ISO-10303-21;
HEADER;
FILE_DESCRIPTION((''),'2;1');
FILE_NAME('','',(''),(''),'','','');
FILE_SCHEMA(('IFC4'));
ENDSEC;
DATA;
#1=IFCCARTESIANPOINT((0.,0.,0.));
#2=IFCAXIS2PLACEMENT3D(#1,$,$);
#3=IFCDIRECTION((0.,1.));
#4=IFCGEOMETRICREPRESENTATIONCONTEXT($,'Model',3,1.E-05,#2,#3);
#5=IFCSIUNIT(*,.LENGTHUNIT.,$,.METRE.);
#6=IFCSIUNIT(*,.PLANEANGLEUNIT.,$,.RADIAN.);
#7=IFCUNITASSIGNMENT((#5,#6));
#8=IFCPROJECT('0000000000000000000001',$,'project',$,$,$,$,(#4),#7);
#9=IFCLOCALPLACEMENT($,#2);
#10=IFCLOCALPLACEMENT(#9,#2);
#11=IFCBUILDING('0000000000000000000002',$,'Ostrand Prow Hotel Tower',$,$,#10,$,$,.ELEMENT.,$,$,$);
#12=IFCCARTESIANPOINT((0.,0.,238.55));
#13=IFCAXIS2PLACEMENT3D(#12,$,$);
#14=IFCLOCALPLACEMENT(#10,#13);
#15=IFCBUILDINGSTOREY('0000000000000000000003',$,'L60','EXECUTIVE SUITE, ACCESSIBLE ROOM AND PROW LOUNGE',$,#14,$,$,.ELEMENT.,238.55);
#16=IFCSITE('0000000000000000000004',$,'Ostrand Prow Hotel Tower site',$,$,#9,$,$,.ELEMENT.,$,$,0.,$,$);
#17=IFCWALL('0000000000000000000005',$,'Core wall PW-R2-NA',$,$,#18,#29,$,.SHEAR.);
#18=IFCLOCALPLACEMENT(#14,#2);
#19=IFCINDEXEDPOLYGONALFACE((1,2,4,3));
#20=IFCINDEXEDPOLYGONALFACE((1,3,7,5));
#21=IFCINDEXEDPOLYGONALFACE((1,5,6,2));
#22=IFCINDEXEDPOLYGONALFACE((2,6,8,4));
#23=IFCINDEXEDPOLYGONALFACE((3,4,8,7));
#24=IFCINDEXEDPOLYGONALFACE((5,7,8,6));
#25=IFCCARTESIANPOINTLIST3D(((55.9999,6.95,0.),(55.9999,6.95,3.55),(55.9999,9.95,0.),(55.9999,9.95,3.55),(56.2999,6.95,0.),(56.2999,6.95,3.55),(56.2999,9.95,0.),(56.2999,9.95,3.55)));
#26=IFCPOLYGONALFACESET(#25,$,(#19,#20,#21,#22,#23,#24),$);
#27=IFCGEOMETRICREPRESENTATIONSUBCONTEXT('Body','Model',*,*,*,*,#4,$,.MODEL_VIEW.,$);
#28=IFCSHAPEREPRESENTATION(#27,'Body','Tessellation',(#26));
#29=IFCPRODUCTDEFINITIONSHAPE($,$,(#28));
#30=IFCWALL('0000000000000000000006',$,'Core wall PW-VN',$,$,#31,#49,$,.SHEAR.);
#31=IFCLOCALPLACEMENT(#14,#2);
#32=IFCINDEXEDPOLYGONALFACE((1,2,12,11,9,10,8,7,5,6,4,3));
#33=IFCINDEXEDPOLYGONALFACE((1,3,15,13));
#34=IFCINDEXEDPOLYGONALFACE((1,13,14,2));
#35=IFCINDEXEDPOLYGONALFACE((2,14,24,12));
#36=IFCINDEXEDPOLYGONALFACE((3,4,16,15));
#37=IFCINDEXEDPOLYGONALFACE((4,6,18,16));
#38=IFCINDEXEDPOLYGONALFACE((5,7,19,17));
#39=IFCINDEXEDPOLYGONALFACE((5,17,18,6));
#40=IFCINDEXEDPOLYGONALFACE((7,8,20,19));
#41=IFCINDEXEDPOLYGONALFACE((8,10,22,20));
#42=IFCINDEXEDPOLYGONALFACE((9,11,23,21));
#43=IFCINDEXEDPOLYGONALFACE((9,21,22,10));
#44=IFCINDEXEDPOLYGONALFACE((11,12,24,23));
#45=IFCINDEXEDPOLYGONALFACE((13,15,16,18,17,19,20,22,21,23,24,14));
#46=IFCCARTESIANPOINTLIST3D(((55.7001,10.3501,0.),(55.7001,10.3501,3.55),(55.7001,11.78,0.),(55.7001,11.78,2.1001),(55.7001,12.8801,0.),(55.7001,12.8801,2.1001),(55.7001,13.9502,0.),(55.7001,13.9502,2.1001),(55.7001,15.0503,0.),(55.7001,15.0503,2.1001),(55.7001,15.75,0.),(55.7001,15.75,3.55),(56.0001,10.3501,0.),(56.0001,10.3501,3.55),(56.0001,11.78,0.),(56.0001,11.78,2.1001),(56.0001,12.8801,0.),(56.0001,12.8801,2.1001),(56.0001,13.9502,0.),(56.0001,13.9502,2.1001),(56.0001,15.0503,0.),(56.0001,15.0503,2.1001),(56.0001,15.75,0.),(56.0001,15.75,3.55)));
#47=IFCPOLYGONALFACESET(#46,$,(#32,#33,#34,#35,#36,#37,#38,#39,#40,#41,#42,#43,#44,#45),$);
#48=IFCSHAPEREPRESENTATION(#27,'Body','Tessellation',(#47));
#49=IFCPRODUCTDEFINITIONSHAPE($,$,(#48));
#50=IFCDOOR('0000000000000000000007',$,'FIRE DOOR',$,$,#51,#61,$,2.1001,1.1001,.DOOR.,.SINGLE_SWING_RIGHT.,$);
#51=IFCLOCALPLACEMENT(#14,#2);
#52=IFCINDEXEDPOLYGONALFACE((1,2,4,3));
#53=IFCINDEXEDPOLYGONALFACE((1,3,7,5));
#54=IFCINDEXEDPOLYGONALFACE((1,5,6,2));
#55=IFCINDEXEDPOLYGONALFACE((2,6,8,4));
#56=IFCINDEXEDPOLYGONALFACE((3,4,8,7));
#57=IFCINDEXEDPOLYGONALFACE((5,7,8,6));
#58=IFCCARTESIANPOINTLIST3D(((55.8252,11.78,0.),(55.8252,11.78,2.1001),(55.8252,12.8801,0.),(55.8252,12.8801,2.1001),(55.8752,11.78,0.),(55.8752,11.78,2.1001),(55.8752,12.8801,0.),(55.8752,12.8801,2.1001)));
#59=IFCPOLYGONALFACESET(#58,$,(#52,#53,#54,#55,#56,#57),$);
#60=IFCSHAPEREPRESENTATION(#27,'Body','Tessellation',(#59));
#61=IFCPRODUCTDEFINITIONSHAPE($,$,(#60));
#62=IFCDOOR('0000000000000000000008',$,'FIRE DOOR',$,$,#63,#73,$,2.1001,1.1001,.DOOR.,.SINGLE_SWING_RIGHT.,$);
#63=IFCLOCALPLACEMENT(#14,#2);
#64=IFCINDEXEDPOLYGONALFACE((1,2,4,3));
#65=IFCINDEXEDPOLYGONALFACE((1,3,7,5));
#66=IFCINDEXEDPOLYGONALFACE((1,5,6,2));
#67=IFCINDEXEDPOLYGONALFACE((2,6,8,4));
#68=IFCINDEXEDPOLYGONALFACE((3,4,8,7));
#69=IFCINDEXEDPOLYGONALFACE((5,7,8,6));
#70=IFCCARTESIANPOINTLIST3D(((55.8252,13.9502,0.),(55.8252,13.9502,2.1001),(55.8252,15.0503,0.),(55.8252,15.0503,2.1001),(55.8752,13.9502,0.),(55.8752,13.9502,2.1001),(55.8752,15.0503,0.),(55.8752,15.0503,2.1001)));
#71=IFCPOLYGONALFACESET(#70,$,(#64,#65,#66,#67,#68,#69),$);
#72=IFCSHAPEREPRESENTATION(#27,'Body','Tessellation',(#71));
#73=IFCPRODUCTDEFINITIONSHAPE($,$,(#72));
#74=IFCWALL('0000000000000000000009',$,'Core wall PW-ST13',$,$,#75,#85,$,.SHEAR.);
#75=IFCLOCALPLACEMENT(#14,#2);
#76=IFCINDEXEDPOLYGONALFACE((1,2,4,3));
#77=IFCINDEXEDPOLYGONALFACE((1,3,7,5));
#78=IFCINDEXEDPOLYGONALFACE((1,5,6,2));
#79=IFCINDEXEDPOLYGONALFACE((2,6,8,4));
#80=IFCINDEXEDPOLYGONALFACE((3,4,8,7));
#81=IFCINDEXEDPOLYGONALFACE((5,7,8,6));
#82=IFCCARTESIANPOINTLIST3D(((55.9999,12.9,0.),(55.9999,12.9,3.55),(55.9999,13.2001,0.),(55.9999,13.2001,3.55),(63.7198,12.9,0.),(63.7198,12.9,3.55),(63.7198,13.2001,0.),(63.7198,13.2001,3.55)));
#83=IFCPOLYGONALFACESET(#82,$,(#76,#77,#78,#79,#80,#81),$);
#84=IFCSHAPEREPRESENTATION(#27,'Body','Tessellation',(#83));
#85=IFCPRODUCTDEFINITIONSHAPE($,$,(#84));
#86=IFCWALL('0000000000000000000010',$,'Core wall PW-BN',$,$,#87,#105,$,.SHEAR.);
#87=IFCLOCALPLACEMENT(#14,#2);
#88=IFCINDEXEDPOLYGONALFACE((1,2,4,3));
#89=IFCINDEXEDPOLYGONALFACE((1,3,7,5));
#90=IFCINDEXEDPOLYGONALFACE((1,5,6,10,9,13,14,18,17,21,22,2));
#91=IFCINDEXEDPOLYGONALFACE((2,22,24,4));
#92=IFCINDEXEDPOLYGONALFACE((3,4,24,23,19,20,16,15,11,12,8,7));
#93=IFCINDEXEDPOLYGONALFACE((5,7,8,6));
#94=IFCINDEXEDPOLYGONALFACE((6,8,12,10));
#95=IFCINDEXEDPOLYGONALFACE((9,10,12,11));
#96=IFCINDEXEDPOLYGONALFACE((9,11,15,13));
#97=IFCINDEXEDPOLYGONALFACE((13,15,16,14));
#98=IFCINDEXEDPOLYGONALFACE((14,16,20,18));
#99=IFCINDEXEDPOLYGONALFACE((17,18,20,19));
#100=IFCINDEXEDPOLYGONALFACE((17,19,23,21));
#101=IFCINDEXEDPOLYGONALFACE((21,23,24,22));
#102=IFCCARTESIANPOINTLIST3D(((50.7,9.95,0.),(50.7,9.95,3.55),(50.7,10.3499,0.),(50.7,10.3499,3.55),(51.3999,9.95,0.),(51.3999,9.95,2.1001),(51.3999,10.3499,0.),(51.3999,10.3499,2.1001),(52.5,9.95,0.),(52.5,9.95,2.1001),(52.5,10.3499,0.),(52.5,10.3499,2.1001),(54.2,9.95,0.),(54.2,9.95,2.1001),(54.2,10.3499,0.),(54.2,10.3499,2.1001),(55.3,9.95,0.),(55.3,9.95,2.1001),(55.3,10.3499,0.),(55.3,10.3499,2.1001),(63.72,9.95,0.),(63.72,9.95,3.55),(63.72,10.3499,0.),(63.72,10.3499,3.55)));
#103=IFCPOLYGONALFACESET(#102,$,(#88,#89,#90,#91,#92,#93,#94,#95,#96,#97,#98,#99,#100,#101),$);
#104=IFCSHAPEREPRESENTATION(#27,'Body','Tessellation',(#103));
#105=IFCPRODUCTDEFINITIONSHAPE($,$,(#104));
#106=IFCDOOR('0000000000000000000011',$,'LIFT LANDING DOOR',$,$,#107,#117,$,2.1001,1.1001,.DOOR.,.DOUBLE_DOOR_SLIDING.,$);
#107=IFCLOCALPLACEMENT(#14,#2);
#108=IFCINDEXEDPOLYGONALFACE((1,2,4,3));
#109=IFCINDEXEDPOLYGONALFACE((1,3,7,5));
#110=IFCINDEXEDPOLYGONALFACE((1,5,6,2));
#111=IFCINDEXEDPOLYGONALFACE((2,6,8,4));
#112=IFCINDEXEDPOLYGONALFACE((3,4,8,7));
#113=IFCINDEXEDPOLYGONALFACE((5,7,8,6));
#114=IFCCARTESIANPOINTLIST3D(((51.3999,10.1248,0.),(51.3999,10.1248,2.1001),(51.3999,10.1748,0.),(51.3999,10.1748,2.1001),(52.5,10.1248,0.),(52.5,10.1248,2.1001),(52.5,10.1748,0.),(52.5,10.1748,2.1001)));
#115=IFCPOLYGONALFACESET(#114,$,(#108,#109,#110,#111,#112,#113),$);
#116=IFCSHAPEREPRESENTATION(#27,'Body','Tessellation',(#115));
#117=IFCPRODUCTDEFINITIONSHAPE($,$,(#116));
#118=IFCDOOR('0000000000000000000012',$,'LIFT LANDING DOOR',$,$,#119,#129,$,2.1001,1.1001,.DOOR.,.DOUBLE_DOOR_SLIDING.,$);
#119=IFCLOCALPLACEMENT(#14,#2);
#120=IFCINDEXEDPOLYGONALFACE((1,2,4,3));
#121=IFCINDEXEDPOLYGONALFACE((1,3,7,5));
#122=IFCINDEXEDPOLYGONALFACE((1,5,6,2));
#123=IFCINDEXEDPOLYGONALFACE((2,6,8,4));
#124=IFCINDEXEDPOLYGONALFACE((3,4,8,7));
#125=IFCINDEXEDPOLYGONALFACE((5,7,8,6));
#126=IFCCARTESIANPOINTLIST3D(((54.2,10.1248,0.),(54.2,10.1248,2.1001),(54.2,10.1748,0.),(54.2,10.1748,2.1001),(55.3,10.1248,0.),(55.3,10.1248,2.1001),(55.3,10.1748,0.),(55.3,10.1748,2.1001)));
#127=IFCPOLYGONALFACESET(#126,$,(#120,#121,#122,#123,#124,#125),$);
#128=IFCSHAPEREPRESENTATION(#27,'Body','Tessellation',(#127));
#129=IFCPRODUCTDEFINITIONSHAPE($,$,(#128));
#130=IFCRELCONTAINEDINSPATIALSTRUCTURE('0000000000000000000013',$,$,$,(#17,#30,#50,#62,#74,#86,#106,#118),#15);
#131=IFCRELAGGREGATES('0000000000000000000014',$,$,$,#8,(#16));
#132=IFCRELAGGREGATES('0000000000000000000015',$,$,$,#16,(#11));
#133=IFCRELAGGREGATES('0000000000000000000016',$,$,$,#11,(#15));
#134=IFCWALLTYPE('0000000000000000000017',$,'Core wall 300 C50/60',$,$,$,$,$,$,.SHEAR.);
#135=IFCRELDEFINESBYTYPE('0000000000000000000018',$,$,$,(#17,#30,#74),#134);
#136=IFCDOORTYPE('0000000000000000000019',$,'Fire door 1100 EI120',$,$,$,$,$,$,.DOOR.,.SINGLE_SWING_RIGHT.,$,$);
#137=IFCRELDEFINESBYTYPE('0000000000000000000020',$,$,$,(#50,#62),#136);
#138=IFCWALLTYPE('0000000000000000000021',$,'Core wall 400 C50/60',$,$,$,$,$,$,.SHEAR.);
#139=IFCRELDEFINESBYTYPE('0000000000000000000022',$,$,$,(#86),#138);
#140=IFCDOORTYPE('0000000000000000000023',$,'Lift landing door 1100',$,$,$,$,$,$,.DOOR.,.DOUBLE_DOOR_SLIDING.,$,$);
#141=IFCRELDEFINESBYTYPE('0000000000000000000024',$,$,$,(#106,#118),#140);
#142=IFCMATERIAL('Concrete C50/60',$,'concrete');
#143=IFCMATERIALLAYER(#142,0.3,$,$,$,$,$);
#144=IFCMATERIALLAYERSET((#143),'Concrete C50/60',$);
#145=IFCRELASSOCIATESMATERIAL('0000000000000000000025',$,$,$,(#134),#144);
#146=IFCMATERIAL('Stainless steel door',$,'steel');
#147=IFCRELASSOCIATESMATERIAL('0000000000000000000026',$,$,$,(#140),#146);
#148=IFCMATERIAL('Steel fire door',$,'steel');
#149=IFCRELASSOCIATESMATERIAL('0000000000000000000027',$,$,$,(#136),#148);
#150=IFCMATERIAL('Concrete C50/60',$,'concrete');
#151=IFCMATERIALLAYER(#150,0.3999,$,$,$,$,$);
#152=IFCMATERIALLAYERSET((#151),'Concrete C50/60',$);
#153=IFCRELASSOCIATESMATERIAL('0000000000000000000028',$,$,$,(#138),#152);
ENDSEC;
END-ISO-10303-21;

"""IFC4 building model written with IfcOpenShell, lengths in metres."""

from ifc_helpers import new_model, si_unit, direction, frame, frame_2d, origin, place, context, subcontext, project, spatial, rectangle, extrude, material, layer, layer_set, type_object, element, fill, save


model = new_model("IFC4")

# Units and contexts
model_context = context("Model", 3, precision=1e-05, world=origin(), true_north=direction((0.0, 1.0)))
body_context = subcontext(model_context, "Body", "Model", "MODEL_VIEW")
ifc_project = project(units=[si_unit("LENGTHUNIT", "METRE"), si_unit("PLANEANGLEUNIT", "RADIAN")], contexts=[model_context])

# Site, building, storey
site_placement = place(None, origin())
site = spatial("IfcSite", under=ifc_project, at=site_placement, Name="Ostrand Prow Hotel Tower site", CompositionType="ELEMENT", RefElevation=0.0)
building_placement = place(site_placement, origin())
building = spatial("IfcBuilding", under=site, at=building_placement, Name="Ostrand Prow Hotel Tower", CompositionType="ELEMENT")
storey_placement = place(building_placement, frame((0.0, 0.0, 238.55)))
storey = spatial("IfcBuildingStorey", under=building, at=storey_placement, Name="L60", Description="EXECUTIVE SUITE, ACCESSIBLE ROOM AND PROW LOUNGE", CompositionType="ELEMENT", Elevation=238.55)

# Shared definitions
ifc_material_1 = material(Name="Concrete C50/60", Category="concrete")
ifc_layer_1 = layer(ifc_material_1, 0.3)
ifc_layer_set_1 = layer_set([ifc_layer_1], Name="Concrete C50/60")
wall_type_1 = type_object("IfcWallType", Name="Core wall 300 C50/60", PredefinedType="SHEAR", material=ifc_layer_set_1)
ifc_material_2 = material(Name="Stainless steel door", Category="steel")
door_type_1 = type_object("IfcDoorType", Name="Lift landing door 1100", OperationType="DOUBLE_DOOR_SLIDING", PredefinedType="DOOR", material=ifc_material_2)

# Wall
for number, where, z_axis, x_axis, name in (
    (1, (56.1499, 6.95, 0.0), (0.0, 0.0, 1.0), (0.0, 1.0, 0.0), "Core wall PW-R2-NA"),
):
    element("IfcWall", number, at=place(storey_placement, frame(where, z_axis=z_axis, x_axis=x_axis)), inside=storey, type_object=wall_type_1, Name=name, PredefinedType="SHEAR", context=body_context, shape_type="SweptSolid", body=[
        extrude(rectangle(XDim=3.0, YDim=0.3, at=frame_2d((1.5, 0.0))), origin(), (0.0, 0.0, 1.0), 3.55),
    ])

# Wall, openings, doors
wall_1_placement = place(storey_placement, frame((55.8501, 10.3501, 0.0), z_axis=(0.0, 0.0, 1.0), x_axis=(0.0, 1.0, 0.0)))
wall_1 = element("IfcWall", 2, at=wall_1_placement, inside=storey, type_object=wall_type_1, Name="Core wall PW-VN", PredefinedType="SHEAR", context=body_context, shape_type="SweptSolid", body=[
    extrude(rectangle(XDim=5.3999, YDim=0.3, at=frame_2d((2.7, 0.0))), origin(), (0.0, 0.0, 1.0), 3.55),
])
opening_1_placement = place(wall_1_placement, frame((1.4299, 0.0, 0.0)))
opening_1 = element("IfcOpeningElement", 3, at=opening_1_placement, cuts=wall_1, PredefinedType="OPENING", context=body_context, shape_type="SweptSolid", body=[
    extrude(rectangle(XDim=1.1001, YDim=2.1001, at=frame_2d((0.55, 1.05))), frame((0.0, 0.1599, 0.0), z_axis=(0.0, -1.0, 0.0), x_axis=(1.0, 0.0, 0.0)), (0.0, 0.0, 1.0), 0.3201),
])
opening_2_placement = place(wall_1_placement, frame((3.6001, 0.0, 0.0)))
opening_2 = element("IfcOpeningElement", 4, at=opening_2_placement, cuts=wall_1, PredefinedType="OPENING", context=body_context, shape_type="SweptSolid", body=[
    extrude(rectangle(XDim=1.1001, YDim=2.1001, at=frame_2d((0.55, 1.05))), frame((0.0, 0.1599, 0.0), z_axis=(0.0, -1.0, 0.0), x_axis=(1.0, 0.0, 0.0)), (0.0, 0.0, 1.0), 0.3201),
])
ifc_material_3 = material(Name="Steel fire door", Category="steel")
door_type_2 = type_object("IfcDoorType", Name="Fire door 1100 EI120", OperationType="SINGLE_SWING_RIGHT", PredefinedType="DOOR", material=ifc_material_3)
door_1_placement = place(opening_1_placement, origin())
door_1 = element("IfcDoor", 5, at=door_1_placement, inside=storey, type_object=door_type_2, Name="FIRE DOOR", OperationType="SINGLE_SWING_RIGHT", OverallHeight=2.1001, OverallWidth=1.1001, PredefinedType="DOOR", context=body_context, shape_type="SweptSolid", body=[
    extrude(rectangle(XDim=1.1001, YDim=2.1001, at=frame_2d((0.55, 1.05))), frame((0.0, 0.0249, 0.0), z_axis=(0.0, -1.0, 0.0), x_axis=(1.0, 0.0, 0.0)), (0.0, 0.0, 1.0), 0.05),
])
fill(opening_1, door_1)
door_2_placement = place(opening_2_placement, origin())
door_2 = element("IfcDoor", 6, at=door_2_placement, inside=storey, type_object=door_type_2, Name="FIRE DOOR", OperationType="SINGLE_SWING_RIGHT", OverallHeight=2.1001, OverallWidth=1.1001, PredefinedType="DOOR", context=body_context, shape_type="SweptSolid", body=[
    extrude(rectangle(XDim=1.1001, YDim=2.1001, at=frame_2d((0.55, 1.05))), frame((0.0, 0.0249, 0.0), z_axis=(0.0, -1.0, 0.0), x_axis=(1.0, 0.0, 0.0)), (0.0, 0.0, 1.0), 0.05),
])
fill(opening_2, door_2)

# Wall
wall_2_placement = place(storey_placement, frame((56.0, 13.05, 0.0), z_axis=(0.0, 0.0, 1.0), x_axis=(1.0, 0.0, 0.0)))
element("IfcWall", 7, at=wall_2_placement, inside=storey, type_object=wall_type_1, Name="Core wall PW-ST13", PredefinedType="SHEAR", context=body_context, shape_type="SweptSolid", body=[
    extrude(rectangle(XDim=7.72, YDim=0.3, at=frame_2d((3.8599, 0.0))), origin(), (0.0, 0.0, 1.0), 3.55),
])

# Wall, openings, doors
ifc_material_4 = material(Name="Concrete C50/60", Category="concrete")
ifc_layer_2 = layer(ifc_material_4, 0.3999)
ifc_layer_set_2 = layer_set([ifc_layer_2], Name="Concrete C50/60")
wall_type_2 = type_object("IfcWallType", Name="Core wall 400 C50/60", PredefinedType="SHEAR", material=ifc_layer_set_2)
wall_3_placement = place(storey_placement, frame((50.7, 10.1499, 0.0), z_axis=(0.0, 0.0, 1.0), x_axis=(1.0, 0.0, 0.0)))
wall_3 = element("IfcWall", 8, at=wall_3_placement, inside=storey, type_object=wall_type_2, Name="Core wall PW-BN", PredefinedType="SHEAR", context=body_context, shape_type="SweptSolid", body=[
    extrude(rectangle(XDim=13.02, YDim=0.3999, at=frame_2d((6.51, 0.0))), origin(), (0.0, 0.0, 1.0), 3.55),
])
opening_3_placement = place(wall_3_placement, frame((0.7, 0.0, 0.0)))
opening_3 = element("IfcOpeningElement", 9, at=opening_3_placement, cuts=wall_3, PredefinedType="OPENING", context=body_context, shape_type="SweptSolid", body=[
    extrude(rectangle(XDim=1.1001, YDim=2.1001, at=frame_2d((0.55, 1.05))), frame((0.0, 0.21, 0.0), z_axis=(0.0, -1.0, 0.0), x_axis=(1.0, 0.0, 0.0)), (0.0, 0.0, 1.0), 0.4199),
])
opening_4_placement = place(wall_3_placement, frame((3.5, 0.0, 0.0)))
opening_4 = element("IfcOpeningElement", 10, at=opening_4_placement, cuts=wall_3, PredefinedType="OPENING", context=body_context, shape_type="SweptSolid", body=[
    extrude(rectangle(XDim=1.1001, YDim=2.1001, at=frame_2d((0.55, 1.05))), frame((0.0, 0.21, 0.0), z_axis=(0.0, -1.0, 0.0), x_axis=(1.0, 0.0, 0.0)), (0.0, 0.0, 1.0), 0.4199),
])
door_3_placement = place(opening_3_placement, origin())
door_3 = element("IfcDoor", 11, at=door_3_placement, inside=storey, type_object=door_type_1, Name="LIFT LANDING DOOR", OperationType="DOUBLE_DOOR_SLIDING", OverallHeight=2.1001, OverallWidth=1.1001, PredefinedType="DOOR", context=body_context, shape_type="SweptSolid", body=[
    extrude(rectangle(XDim=1.1001, YDim=2.1001, at=frame_2d((0.55, 1.05))), frame((0.0, 0.0249, 0.0), z_axis=(0.0, -1.0, 0.0), x_axis=(1.0, 0.0, 0.0)), (0.0, 0.0, 1.0), 0.05),
])
fill(opening_3, door_3)
door_4_placement = place(opening_4_placement, origin())
door_4 = element("IfcDoor", 12, at=door_4_placement, inside=storey, type_object=door_type_1, Name="LIFT LANDING DOOR", OperationType="DOUBLE_DOOR_SLIDING", OverallHeight=2.1001, OverallWidth=1.1001, PredefinedType="DOOR", context=body_context, shape_type="SweptSolid", body=[
    extrude(rectangle(XDim=1.1001, YDim=2.1001, at=frame_2d((0.55, 1.05))), frame((0.0, 0.0249, 0.0), z_axis=(0.0, -1.0, 0.0), x_axis=(1.0, 0.0, 0.0)), (0.0, 0.0, 1.0), 0.05),
])
fill(opening_4, door_4)

save(model, "model.ifc")
